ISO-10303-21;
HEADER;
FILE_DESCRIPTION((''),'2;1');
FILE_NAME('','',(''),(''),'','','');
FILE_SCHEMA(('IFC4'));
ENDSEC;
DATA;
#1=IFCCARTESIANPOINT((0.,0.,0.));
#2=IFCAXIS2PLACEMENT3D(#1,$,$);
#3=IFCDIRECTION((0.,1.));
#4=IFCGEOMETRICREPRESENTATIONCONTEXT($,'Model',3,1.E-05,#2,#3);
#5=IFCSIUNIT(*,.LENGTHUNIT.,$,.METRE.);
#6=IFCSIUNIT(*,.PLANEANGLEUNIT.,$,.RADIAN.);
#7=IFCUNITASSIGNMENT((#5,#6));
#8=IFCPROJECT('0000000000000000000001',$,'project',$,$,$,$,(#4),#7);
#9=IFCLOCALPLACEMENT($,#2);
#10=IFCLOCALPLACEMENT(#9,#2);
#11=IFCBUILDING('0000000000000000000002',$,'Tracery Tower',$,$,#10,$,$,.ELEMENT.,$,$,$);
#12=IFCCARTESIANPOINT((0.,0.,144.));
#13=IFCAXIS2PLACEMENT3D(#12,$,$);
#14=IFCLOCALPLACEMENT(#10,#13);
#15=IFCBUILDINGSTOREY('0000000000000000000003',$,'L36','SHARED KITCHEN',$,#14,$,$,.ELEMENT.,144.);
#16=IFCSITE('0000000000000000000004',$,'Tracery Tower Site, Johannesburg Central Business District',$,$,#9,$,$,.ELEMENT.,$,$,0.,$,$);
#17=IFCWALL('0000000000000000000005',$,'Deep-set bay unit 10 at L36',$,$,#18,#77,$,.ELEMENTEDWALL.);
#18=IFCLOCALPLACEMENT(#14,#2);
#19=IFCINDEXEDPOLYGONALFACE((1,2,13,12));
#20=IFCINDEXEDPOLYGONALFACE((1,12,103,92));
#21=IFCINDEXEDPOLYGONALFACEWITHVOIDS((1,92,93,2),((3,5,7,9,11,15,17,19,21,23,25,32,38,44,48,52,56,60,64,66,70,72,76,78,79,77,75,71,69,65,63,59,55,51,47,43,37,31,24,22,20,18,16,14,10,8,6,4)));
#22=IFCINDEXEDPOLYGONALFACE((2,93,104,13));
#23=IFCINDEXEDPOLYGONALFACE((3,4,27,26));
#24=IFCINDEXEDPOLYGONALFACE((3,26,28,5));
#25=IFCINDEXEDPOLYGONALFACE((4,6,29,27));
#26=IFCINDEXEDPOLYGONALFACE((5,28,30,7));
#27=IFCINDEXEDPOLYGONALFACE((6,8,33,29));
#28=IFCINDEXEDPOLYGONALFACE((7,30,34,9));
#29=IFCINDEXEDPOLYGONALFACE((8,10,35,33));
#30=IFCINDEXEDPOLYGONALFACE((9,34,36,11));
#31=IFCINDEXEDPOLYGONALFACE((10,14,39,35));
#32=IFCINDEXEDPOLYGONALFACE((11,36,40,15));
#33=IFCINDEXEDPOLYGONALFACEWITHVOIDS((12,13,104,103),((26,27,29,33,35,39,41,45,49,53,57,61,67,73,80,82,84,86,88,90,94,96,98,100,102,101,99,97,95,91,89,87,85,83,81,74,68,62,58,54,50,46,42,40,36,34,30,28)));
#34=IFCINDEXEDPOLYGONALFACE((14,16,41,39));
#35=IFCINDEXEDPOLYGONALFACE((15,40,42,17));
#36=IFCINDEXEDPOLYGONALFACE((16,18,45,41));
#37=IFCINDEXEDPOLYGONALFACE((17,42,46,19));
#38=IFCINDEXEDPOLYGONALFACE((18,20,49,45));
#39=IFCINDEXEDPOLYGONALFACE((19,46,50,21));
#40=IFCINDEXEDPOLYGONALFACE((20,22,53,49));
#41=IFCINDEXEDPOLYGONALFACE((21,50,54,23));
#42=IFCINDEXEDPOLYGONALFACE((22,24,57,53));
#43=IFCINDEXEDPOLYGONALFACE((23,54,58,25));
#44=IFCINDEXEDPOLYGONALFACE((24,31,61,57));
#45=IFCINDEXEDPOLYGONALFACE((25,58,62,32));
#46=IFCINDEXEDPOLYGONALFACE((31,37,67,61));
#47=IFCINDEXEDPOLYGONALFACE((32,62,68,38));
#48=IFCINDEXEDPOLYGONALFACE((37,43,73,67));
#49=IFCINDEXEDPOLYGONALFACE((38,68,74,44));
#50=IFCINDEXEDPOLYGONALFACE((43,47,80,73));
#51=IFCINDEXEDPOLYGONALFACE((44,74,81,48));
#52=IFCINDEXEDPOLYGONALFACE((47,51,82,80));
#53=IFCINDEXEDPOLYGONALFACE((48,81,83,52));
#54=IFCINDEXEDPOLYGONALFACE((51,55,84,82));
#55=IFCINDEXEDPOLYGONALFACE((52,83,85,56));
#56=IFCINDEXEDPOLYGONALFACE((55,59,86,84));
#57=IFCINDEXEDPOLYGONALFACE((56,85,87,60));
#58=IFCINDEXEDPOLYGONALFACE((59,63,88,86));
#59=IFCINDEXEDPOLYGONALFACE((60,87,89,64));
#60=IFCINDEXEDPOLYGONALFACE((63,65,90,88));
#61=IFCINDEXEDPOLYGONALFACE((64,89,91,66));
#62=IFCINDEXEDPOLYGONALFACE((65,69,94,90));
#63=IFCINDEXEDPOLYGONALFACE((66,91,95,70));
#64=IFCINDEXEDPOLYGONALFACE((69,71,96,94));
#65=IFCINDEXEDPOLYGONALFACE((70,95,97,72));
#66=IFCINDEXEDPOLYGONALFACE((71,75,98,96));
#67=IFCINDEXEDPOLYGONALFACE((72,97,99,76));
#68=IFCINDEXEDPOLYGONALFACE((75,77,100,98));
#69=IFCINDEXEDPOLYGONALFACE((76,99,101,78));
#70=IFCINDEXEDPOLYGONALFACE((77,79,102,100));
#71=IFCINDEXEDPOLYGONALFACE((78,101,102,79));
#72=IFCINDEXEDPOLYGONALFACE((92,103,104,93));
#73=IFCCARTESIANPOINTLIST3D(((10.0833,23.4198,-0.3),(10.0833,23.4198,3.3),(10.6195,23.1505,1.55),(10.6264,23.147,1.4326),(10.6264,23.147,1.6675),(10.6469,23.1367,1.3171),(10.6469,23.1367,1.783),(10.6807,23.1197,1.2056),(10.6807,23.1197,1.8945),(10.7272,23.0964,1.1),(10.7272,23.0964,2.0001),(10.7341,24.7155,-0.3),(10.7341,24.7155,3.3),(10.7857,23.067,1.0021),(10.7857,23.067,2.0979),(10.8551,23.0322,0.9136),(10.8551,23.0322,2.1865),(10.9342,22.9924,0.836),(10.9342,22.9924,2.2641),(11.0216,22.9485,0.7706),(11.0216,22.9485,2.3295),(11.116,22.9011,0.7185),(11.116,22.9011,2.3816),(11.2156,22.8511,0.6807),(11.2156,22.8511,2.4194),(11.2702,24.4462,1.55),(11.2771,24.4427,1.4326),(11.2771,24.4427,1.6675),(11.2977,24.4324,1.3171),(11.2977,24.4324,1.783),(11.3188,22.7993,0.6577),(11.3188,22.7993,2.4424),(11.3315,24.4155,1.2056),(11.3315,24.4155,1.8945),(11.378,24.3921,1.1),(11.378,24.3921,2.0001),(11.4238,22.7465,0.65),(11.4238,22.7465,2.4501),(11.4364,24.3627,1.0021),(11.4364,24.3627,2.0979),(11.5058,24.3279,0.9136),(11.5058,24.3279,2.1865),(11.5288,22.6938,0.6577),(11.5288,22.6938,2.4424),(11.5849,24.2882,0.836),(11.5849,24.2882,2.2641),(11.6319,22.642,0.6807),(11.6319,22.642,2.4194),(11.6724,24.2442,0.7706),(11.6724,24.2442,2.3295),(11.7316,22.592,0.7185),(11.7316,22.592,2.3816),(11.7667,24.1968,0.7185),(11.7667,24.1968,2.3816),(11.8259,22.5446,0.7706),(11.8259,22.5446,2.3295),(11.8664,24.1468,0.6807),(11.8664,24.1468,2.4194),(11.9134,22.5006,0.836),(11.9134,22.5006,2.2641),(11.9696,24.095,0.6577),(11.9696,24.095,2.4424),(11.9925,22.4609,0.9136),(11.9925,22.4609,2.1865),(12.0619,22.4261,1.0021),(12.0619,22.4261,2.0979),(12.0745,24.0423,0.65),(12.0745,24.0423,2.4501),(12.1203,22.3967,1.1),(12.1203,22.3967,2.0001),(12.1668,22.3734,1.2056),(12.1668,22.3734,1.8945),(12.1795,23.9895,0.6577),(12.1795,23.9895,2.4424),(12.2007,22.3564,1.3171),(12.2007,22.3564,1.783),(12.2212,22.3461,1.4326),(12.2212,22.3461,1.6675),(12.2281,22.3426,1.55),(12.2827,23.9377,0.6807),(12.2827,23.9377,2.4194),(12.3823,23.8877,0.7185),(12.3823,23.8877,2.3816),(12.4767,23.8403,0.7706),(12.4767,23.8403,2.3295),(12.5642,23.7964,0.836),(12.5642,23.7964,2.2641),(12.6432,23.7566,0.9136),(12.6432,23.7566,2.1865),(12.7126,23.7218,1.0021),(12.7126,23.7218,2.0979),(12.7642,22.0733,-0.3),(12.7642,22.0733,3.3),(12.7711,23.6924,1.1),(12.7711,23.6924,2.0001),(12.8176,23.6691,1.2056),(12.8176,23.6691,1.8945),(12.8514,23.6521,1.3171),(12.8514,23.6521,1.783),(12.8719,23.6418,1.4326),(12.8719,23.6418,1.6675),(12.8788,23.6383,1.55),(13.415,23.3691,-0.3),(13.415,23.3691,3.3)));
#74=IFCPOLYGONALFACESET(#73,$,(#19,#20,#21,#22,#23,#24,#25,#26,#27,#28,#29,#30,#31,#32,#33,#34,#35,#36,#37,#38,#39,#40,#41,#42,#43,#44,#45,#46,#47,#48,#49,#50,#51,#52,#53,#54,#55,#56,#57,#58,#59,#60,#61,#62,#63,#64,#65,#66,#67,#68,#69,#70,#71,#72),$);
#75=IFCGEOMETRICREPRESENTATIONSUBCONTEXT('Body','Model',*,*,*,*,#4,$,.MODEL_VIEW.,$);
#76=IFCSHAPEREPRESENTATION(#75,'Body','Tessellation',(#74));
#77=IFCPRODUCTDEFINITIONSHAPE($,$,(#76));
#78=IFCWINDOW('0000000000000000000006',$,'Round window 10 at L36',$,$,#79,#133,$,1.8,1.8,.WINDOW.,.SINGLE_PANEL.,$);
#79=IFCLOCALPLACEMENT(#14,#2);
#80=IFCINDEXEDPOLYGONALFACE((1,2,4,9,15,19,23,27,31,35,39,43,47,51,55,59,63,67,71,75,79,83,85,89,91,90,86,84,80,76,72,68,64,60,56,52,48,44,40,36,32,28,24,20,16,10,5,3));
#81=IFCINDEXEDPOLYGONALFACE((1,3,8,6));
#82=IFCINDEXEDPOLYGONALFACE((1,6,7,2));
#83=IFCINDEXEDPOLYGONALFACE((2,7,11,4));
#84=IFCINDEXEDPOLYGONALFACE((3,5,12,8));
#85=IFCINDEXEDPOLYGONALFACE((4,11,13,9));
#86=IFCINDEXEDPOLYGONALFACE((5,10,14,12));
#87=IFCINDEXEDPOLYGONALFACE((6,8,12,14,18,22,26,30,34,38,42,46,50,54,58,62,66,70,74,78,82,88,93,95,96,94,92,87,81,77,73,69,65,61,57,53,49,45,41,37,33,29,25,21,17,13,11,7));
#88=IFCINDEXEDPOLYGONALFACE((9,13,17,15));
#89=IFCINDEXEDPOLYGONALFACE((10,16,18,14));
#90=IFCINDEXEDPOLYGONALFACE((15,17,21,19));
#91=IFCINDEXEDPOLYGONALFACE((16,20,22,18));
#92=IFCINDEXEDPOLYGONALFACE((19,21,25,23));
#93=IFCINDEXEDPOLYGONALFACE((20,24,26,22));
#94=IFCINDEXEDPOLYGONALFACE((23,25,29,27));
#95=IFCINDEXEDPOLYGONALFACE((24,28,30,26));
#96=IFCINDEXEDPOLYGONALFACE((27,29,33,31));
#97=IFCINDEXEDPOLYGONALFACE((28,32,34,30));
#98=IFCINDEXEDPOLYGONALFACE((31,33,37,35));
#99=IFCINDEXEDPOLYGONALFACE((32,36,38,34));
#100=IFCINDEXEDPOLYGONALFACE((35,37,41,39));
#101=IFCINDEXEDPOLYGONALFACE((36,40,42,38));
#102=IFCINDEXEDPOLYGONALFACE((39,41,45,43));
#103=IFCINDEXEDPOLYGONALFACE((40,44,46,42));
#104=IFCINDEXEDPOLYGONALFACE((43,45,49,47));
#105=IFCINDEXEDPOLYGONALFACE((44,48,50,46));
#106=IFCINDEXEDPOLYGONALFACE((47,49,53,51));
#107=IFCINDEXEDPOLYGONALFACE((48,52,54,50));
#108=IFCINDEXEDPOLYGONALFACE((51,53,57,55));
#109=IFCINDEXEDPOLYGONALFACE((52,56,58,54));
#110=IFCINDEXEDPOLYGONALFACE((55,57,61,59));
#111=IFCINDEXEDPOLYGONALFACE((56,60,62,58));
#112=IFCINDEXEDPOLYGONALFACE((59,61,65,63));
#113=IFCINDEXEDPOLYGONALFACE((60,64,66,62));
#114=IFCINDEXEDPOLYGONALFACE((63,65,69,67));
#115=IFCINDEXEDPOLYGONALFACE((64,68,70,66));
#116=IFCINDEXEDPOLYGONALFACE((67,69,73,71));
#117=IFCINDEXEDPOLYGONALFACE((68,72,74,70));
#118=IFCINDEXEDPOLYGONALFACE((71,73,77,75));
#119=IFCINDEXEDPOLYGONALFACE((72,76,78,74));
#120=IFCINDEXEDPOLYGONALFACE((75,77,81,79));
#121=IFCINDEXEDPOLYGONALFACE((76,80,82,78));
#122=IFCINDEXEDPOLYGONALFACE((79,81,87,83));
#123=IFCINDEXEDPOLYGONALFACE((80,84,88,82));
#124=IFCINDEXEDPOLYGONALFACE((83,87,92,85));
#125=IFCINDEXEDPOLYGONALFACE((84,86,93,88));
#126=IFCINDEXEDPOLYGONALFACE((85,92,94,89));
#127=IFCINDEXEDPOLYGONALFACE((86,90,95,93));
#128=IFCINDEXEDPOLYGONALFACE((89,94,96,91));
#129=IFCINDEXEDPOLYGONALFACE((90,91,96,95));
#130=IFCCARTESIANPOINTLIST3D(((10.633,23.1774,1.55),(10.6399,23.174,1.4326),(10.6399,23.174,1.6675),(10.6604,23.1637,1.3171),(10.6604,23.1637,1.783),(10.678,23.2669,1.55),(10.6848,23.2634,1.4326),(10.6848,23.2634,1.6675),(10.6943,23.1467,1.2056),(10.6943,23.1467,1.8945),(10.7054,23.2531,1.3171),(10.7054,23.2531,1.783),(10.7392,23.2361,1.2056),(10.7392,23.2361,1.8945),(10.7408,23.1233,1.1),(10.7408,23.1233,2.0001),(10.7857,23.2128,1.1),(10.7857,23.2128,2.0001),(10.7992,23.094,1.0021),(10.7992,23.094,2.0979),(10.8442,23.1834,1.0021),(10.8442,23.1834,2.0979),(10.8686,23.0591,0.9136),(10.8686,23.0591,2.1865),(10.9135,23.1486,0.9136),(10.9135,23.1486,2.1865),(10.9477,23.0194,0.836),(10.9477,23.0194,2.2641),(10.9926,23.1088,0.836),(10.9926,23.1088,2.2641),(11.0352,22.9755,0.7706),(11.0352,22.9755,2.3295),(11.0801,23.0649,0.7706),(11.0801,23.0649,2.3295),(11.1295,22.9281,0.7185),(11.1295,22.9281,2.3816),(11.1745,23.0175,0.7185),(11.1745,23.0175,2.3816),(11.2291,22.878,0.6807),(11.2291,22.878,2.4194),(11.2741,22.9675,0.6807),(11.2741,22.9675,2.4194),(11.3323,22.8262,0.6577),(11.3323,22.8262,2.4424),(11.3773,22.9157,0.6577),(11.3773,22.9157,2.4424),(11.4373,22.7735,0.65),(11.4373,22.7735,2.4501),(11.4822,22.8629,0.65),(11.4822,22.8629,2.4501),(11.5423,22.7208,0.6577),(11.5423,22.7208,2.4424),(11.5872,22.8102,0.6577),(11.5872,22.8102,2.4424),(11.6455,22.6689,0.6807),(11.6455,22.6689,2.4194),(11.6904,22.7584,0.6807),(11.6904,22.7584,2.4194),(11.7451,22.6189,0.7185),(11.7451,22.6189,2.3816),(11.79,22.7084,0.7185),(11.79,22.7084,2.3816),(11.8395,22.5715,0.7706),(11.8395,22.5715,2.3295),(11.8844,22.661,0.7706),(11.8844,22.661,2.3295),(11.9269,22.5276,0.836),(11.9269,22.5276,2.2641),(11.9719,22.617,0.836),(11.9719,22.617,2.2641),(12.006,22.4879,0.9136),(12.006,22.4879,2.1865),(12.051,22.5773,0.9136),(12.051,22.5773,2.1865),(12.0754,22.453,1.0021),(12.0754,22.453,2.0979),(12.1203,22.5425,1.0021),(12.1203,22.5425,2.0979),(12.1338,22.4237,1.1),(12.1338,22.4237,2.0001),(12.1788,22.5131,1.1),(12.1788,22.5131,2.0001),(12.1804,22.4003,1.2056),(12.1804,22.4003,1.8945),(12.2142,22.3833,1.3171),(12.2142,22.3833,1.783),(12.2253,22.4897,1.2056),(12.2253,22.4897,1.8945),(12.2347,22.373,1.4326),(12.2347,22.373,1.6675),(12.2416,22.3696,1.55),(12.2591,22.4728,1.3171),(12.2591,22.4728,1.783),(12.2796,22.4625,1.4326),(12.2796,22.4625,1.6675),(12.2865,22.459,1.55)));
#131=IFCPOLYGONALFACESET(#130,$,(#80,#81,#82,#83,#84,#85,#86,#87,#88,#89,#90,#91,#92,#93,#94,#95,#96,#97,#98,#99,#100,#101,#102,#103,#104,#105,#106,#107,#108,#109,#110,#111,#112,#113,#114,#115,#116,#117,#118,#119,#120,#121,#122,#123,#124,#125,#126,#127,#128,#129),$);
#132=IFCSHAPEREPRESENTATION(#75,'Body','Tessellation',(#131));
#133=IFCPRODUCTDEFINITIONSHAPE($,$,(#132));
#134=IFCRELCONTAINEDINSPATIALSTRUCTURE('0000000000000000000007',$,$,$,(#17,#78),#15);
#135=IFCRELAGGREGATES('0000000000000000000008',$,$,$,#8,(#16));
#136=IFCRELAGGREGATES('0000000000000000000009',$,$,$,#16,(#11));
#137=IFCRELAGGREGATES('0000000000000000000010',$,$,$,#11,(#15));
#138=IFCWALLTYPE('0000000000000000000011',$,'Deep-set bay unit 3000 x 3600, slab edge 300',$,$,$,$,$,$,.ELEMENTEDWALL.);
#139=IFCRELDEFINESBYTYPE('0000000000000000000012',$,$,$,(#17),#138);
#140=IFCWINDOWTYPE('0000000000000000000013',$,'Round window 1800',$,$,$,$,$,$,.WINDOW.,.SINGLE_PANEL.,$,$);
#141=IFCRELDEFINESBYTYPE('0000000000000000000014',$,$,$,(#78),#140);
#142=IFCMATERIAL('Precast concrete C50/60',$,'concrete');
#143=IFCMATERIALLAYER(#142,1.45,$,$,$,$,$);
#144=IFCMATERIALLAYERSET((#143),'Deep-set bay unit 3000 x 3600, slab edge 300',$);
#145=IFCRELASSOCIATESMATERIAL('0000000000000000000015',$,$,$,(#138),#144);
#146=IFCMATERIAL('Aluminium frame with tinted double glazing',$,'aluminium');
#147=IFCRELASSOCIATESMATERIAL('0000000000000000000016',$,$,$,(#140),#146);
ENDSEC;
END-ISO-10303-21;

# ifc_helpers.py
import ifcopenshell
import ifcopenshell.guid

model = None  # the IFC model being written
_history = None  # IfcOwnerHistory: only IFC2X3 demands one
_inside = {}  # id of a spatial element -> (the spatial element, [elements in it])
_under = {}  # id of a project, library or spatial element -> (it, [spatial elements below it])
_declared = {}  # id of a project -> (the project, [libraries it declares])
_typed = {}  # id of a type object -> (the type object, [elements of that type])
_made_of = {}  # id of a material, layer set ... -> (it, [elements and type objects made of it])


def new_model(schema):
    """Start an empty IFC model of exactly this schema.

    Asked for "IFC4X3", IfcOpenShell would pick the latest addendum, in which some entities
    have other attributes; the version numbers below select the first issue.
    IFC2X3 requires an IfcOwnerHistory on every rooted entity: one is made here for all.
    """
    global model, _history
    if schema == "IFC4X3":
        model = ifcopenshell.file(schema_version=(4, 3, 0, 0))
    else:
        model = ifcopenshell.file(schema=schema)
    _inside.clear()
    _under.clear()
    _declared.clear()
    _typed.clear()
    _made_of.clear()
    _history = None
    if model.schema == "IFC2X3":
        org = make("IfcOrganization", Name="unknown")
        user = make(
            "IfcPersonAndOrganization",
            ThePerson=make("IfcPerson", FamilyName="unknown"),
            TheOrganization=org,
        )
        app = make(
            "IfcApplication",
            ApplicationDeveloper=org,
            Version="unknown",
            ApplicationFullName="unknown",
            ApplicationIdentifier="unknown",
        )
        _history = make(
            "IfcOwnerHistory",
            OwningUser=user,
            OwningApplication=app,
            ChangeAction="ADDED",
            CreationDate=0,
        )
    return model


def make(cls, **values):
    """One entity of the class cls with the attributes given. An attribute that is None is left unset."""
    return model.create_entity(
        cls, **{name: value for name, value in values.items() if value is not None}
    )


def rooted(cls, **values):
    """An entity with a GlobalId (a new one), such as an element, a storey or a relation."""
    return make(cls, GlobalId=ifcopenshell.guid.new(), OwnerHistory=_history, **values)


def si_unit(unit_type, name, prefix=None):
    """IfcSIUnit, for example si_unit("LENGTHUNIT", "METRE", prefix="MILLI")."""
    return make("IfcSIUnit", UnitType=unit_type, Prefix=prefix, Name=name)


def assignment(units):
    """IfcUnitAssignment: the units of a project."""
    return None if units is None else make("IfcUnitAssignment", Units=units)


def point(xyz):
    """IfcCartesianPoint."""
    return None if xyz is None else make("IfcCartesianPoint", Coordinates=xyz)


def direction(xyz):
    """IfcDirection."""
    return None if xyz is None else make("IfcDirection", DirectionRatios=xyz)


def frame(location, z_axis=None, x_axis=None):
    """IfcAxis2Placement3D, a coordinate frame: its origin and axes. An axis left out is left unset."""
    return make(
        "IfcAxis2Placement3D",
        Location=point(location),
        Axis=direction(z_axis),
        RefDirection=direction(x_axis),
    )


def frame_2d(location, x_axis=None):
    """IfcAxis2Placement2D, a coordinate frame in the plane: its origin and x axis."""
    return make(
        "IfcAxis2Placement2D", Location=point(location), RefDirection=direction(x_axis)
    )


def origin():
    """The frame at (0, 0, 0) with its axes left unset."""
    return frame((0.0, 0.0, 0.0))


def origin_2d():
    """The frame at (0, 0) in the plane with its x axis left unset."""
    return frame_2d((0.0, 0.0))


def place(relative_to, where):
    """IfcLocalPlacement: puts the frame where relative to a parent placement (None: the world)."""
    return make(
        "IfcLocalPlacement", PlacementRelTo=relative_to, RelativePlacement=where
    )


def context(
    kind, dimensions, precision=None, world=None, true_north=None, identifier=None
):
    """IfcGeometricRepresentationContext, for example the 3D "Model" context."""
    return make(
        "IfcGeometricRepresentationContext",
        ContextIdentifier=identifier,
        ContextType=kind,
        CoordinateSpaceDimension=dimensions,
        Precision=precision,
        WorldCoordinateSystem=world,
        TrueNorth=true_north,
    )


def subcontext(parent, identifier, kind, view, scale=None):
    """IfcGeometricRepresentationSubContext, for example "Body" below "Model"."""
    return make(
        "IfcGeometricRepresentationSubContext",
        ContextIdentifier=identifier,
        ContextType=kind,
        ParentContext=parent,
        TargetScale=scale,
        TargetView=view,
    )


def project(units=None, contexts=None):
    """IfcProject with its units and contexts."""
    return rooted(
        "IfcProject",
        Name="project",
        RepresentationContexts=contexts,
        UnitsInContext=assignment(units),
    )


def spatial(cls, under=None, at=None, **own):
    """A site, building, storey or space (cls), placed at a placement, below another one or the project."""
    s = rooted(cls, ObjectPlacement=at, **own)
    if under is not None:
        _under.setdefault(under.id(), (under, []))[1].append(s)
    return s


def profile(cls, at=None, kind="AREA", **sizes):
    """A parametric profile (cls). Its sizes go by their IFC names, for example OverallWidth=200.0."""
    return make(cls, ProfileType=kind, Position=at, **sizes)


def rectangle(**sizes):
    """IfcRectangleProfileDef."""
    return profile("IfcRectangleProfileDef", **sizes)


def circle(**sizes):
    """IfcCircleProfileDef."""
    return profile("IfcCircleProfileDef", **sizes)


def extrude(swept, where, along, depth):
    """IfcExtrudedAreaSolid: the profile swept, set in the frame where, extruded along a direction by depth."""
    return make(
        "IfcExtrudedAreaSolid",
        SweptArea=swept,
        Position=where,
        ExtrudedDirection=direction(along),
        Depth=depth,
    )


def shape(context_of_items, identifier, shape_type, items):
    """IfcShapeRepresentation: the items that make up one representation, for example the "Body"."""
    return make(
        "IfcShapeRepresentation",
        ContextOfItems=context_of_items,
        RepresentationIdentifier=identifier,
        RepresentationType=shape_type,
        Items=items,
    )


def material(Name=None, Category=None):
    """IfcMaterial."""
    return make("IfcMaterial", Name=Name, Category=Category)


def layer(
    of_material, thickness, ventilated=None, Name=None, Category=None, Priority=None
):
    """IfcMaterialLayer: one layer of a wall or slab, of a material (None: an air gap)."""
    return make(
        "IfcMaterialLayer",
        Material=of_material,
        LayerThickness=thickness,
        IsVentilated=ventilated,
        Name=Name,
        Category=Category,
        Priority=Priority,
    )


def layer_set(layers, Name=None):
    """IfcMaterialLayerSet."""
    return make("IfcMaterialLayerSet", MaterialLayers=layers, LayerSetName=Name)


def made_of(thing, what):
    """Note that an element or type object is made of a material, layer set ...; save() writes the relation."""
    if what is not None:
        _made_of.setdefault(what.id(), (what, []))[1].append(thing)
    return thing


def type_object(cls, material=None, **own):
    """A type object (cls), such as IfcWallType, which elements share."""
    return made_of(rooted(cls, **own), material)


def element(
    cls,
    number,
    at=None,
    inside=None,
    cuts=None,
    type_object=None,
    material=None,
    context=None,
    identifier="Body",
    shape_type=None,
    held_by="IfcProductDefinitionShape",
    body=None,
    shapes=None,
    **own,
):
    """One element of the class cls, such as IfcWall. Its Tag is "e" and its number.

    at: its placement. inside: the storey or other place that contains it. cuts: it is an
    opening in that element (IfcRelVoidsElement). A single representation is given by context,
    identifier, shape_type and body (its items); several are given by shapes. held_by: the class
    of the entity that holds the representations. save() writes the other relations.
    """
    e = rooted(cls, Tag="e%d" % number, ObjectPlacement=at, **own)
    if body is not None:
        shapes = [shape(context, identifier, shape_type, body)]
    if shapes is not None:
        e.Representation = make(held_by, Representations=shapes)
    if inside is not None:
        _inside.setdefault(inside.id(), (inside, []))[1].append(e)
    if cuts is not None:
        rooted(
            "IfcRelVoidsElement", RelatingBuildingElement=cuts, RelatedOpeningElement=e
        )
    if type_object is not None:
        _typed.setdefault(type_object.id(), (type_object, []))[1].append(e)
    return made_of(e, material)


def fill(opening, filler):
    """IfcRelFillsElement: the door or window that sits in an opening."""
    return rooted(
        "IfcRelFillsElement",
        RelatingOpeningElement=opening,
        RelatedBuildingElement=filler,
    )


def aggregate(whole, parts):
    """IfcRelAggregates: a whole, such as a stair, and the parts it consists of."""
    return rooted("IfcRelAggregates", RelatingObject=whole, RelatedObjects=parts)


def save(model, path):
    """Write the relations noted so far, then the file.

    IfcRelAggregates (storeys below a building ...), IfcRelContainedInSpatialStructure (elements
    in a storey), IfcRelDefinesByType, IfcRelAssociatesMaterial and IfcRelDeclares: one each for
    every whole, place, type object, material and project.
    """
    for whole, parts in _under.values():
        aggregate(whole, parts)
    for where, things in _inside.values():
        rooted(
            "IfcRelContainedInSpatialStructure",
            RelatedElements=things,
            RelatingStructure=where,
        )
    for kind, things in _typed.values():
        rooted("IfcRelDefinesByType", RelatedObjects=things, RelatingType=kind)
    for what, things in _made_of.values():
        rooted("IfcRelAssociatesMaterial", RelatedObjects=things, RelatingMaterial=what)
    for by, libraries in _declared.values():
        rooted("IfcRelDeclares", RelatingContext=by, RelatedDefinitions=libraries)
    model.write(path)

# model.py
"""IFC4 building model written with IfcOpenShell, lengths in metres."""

from ifc_helpers import new_model, si_unit, direction, frame, frame_2d, origin, origin_2d, place, context, subcontext, project, spatial, rectangle, circle, extrude, material, layer, layer_set, type_object, element, fill, save


model = new_model("IFC4")

# Units and contexts
model_context = context("Model", 3, precision=1e-05, world=origin(), true_north=direction((0.0, 1.0)))
body_context = subcontext(model_context, "Body", "Model", "MODEL_VIEW")
ifc_project = project(units=[si_unit("LENGTHUNIT", "METRE"), si_unit("PLANEANGLEUNIT", "RADIAN")], contexts=[model_context])

# Site, building, storey
site_placement = place(None, origin())
site = spatial("IfcSite", under=ifc_project, at=site_placement, Name="Tracery Tower Site, Johannesburg Central Business District", CompositionType="ELEMENT", RefElevation=0.0)
building_placement = place(site_placement, origin())
building = spatial("IfcBuilding", under=site, at=building_placement, Name="Tracery Tower", CompositionType="ELEMENT")
storey_placement = place(building_placement, frame((0.0, 0.0, 144.0)))
storey = spatial("IfcBuildingStorey", under=building, at=storey_placement, Name="L36", Description="SHARED KITCHEN", CompositionType="ELEMENT", Elevation=144.0)

# Wall, opening, window
ifc_material_1 = material(Name="Precast concrete C50/60", Category="concrete")
ifc_layer_1 = layer(ifc_material_1, 1.45)
ifc_layer_set_1 = layer_set([ifc_layer_1], Name="Deep-set bay unit 3000 x 3600, slab edge 300")
wall_type_1 = type_object("IfcWallType", Name="Deep-set bay unit 3000 x 3600, slab edge 300", PredefinedType="ELEMENTEDWALL", material=ifc_layer_set_1)
ifc_material_2 = material(Name="Aluminium frame with tinted double glazing", Category="aluminium")
window_type = type_object("IfcWindowType", Name="Round window 1800", PartitioningType="SINGLE_PANEL", PredefinedType="WINDOW", material=ifc_material_2)
wall_1_placement = place(storey_placement, frame((13.0896, 22.7212, -0.3), z_axis=(0.0, 0.0, 1.0), x_axis=(-0.893628, 0.448808, 0.0)))
wall_1 = element("IfcWall", 1, at=wall_1_placement, inside=storey, type_object=wall_type_1, Name="Deep-set bay unit 10 at L36", PredefinedType="ELEMENTEDWALL", context=body_context, shape_type="SweptSolid", body=[
    extrude(rectangle(XDim=3.0, YDim=1.45, at=frame_2d((1.5, 0.0))), origin(), (0.0, 0.0, 1.0), 3.6001),
])
opening_1_placement = place(wall_1_placement, frame((1.5, 0.0, 1.8501)))
opening_1 = element("IfcOpeningElement", 2, at=opening_1_placement, cuts=wall_1, PredefinedType="OPENING", context=body_context, shape_type="SweptSolid", body=[
    extrude(circle(Radius=0.9, at=origin_2d()), frame((0.0, 0.7349, 0.0), z_axis=(0.0, -1.0, 0.0), x_axis=(1.0, 0.0, 0.0)), (0.0, 0.0, 1.0), 1.47),
])
window_1_placement = place(opening_1_placement, origin())
window_1 = element("IfcWindow", 3, at=window_1_placement, inside=storey, type_object=window_type, Name="Round window 10 at L36", OverallHeight=1.8, OverallWidth=1.8, PartitioningType="SINGLE_PANEL", PredefinedType="WINDOW", context=body_context, shape_type="SweptSolid", body=[
    extrude(circle(Radius=0.9, at=origin_2d()), frame((0.0, 0.6948, 0.0), z_axis=(0.0, -1.0, 0.0), x_axis=(1.0, 0.0, 0.0)), (0.0, 0.0, 1.0), 0.1001),
])
fill(opening_1, window_1)

save(model, "model.ifc")
